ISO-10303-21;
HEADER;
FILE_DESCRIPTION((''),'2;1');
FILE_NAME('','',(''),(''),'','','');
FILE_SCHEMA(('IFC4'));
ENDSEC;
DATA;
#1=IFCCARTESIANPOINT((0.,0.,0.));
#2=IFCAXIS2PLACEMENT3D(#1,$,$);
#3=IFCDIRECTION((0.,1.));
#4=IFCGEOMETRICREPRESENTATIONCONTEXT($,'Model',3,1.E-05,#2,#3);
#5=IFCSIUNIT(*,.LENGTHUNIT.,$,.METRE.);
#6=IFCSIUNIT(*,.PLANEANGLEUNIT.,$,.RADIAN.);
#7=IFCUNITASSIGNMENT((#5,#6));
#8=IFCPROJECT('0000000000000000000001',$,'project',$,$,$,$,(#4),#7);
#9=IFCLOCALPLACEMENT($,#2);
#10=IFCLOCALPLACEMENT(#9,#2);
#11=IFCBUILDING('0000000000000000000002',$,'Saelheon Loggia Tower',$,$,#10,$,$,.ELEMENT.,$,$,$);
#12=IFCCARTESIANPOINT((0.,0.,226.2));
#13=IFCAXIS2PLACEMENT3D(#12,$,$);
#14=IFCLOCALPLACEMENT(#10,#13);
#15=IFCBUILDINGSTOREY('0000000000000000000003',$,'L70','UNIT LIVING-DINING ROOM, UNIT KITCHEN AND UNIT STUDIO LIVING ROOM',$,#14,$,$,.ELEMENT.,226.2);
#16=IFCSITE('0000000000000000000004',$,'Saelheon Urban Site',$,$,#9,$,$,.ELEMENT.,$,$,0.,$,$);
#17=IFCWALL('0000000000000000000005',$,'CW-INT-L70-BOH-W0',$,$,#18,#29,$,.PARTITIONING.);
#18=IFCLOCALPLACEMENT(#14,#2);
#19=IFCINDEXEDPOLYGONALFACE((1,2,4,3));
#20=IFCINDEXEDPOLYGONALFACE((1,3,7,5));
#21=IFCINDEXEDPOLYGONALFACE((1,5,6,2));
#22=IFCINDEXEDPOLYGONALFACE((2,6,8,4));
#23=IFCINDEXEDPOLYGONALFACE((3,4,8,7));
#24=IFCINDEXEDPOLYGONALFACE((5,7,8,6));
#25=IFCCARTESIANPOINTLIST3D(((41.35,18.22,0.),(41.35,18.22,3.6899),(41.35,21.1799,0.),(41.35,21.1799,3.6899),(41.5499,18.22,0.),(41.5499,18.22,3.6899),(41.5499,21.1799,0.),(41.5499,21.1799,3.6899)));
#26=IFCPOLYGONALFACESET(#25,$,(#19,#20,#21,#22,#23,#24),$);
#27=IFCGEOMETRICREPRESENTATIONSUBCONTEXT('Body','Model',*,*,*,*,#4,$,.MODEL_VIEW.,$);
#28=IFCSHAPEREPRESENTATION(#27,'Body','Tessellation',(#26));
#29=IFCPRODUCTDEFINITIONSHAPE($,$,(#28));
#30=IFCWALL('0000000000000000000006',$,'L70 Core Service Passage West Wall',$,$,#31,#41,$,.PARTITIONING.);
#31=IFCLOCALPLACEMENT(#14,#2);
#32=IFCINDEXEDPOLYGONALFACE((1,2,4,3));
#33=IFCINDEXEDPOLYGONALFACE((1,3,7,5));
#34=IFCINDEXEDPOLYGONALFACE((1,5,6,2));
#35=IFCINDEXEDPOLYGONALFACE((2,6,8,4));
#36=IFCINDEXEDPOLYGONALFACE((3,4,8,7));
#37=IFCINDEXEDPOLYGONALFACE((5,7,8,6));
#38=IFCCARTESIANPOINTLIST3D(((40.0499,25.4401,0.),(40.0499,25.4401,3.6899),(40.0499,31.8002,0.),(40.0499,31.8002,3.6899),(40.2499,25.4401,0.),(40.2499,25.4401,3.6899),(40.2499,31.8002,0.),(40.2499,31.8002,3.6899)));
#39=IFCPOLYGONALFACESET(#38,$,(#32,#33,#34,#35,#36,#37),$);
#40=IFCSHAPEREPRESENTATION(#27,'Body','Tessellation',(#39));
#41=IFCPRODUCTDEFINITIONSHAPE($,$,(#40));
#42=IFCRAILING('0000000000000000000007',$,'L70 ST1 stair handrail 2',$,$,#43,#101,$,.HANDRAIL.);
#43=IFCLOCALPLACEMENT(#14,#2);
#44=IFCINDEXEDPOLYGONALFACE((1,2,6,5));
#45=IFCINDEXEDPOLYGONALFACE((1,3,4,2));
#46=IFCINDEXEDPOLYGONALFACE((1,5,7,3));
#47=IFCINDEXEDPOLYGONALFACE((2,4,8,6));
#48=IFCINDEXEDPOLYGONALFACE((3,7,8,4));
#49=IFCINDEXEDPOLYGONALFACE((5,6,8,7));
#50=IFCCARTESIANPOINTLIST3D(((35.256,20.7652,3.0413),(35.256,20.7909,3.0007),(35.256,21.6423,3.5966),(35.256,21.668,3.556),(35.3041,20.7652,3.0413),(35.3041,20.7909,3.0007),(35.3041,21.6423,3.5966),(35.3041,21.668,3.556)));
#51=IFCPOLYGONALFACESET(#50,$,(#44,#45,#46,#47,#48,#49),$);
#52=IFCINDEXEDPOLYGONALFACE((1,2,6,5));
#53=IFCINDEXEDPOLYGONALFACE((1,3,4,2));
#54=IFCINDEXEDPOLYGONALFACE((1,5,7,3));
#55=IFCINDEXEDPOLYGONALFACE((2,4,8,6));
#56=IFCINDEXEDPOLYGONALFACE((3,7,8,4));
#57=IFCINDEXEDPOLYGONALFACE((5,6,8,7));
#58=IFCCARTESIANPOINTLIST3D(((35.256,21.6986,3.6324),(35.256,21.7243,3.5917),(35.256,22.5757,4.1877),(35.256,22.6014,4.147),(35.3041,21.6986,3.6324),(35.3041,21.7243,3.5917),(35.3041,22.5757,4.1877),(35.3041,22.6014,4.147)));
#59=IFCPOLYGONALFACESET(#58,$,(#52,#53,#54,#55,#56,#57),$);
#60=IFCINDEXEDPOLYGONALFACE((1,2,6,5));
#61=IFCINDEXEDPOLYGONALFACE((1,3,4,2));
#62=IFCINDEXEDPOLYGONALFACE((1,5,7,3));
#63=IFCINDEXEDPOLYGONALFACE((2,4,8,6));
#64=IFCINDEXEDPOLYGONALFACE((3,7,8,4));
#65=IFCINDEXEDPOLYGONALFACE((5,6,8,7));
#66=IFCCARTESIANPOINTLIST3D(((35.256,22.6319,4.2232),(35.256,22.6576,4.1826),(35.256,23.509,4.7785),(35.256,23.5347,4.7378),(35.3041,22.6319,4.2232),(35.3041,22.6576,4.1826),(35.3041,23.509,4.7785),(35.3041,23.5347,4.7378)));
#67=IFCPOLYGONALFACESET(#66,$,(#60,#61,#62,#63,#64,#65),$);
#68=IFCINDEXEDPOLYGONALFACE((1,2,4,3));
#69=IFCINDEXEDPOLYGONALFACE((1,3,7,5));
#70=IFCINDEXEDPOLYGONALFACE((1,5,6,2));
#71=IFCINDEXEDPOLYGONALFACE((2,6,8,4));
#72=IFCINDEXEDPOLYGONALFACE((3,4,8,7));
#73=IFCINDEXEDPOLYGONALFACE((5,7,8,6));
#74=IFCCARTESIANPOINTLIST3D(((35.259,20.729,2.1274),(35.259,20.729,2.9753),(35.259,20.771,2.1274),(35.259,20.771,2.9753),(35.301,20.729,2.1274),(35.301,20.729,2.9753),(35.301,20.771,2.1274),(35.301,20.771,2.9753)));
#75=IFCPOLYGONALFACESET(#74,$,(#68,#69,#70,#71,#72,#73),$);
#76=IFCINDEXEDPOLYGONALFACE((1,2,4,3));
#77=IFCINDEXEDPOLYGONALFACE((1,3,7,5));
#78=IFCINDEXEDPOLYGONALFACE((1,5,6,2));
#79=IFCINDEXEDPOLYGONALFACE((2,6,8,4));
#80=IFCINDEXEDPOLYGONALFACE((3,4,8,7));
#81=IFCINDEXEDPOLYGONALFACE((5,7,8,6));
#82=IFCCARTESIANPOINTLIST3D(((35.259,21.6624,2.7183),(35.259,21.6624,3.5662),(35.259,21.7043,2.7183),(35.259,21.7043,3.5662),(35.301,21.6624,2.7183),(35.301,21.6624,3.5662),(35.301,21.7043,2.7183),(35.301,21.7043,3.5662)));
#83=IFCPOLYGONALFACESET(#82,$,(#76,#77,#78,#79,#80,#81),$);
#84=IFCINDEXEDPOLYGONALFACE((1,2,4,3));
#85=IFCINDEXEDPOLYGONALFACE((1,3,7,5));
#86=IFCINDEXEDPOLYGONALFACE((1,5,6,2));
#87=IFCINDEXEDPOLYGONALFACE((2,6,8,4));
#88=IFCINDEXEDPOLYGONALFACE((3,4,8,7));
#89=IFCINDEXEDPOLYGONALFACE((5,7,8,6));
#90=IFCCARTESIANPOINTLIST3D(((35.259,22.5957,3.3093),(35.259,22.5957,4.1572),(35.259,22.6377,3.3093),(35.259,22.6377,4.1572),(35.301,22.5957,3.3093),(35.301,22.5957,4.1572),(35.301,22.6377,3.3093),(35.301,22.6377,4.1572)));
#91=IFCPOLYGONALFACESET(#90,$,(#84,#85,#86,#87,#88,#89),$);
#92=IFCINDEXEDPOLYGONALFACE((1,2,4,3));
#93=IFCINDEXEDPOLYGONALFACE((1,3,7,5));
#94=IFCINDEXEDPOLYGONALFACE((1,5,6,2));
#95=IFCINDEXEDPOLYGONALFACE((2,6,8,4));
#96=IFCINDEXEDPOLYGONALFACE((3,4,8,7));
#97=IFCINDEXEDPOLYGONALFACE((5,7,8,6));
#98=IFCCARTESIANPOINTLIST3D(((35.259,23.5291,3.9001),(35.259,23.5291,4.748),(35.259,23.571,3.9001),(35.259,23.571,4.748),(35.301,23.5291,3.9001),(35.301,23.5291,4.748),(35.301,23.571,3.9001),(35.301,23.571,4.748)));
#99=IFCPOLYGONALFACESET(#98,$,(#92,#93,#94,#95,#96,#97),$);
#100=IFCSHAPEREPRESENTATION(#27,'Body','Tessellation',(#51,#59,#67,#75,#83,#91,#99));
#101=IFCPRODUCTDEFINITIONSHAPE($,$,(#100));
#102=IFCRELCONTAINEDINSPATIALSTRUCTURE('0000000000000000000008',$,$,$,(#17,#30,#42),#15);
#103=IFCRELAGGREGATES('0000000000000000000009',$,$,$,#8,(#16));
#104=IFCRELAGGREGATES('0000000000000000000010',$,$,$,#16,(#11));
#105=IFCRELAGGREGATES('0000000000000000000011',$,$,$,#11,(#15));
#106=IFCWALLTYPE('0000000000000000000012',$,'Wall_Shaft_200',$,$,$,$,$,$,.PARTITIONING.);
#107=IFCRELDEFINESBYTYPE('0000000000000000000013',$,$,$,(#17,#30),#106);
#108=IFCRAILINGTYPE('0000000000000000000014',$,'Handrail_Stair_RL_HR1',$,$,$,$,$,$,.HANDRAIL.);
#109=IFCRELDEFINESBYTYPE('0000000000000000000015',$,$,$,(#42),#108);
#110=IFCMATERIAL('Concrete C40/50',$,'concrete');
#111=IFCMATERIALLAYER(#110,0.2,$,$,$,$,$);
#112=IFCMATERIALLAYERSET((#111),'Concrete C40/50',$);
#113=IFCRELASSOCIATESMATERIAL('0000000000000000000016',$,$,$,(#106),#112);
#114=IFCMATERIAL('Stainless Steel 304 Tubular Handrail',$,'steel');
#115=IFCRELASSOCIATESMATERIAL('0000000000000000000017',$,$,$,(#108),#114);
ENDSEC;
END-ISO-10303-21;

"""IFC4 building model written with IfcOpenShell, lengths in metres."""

from ifc_helpers import new_model, si_unit, direction, frame, frame_2d, origin, origin_2d, place, context, subcontext, project, spatial, rectangle, extrude, material, layer, layer_set, type_object, element, save


model = new_model("IFC4")

# Units and contexts
model_context = context("Model", 3, precision=1e-05, world=origin(), true_north=direction((0.0, 1.0)))
body_context = subcontext(model_context, "Body", "Model", "MODEL_VIEW")
ifc_project = project(units=[si_unit("LENGTHUNIT", "METRE"), si_unit("PLANEANGLEUNIT", "RADIAN")], contexts=[model_context])

# Site, building, storey
site_placement = place(None, origin())
site = spatial("IfcSite", under=ifc_project, at=site_placement, Name="Saelheon Urban Site", CompositionType="ELEMENT", RefElevation=0.0)
building_placement = place(site_placement, origin())
building = spatial("IfcBuilding", under=site, at=building_placement, Name="Saelheon Loggia Tower", CompositionType="ELEMENT")
storey_placement = place(building_placement, frame((0.0, 0.0, 226.2)))
storey = spatial("IfcBuildingStorey", under=building, at=storey_placement, Name="L70", Description="UNIT LIVING-DINING ROOM, UNIT KITCHEN AND UNIT STUDIO LIVING ROOM", CompositionType="ELEMENT", Elevation=226.2)

# Walls
ifc_material_1 = material(Name="Concrete C40/50", Category="concrete")
ifc_layer = layer(ifc_material_1, 0.2)
ifc_layer_set = layer_set([ifc_layer], Name="Concrete C40/50")
wall_type = type_object("IfcWallType", Name="Wall_Shaft_200", PredefinedType="PARTITIONING", material=ifc_layer_set)
wall_1_placement = place(storey_placement, frame((41.45, 18.22, 0.0), z_axis=(0.0, 0.0, 1.0), x_axis=(0.0, 1.0, 0.0)))
element("IfcWall", 1, at=wall_1_placement, inside=storey, type_object=wall_type, Name="CW-INT-L70-BOH-W0", PredefinedType="PARTITIONING", context=body_context, shape_type="SweptSolid", body=[
    extrude(rectangle(XDim=2.96, YDim=0.2, at=frame_2d((1.48, 0.0))), origin(), (0.0, 0.0, 1.0), 3.6899),
])
wall_2_placement = place(storey_placement, frame((40.1499, 25.4399, 0.0), z_axis=(0.0, 0.0, 1.0), x_axis=(0.0, 1.0, 0.0)))
element("IfcWall", 2, at=wall_2_placement, inside=storey, type_object=wall_type, Name="L70 Core Service Passage West Wall", PredefinedType="PARTITIONING", context=body_context, shape_type="SweptSolid", body=[
    extrude(rectangle(XDim=6.3601, YDim=0.2, at=frame_2d((3.1802, 0.0))), origin(), (0.0, 0.0, 1.0), 3.6899),
])

# Railing
ifc_material_2 = material(Name="Stainless Steel 304 Tubular Handrail", Category="steel")
railing_type = type_object("IfcRailingType", Name="Handrail_Stair_RL_HR1", PredefinedType="HANDRAIL", material=ifc_material_2)
railing_placement = place(storey_placement, frame((35.28, 20.75, 2.1274)))
element("IfcRailing", 3, at=railing_placement, inside=storey, type_object=railing_type, Name="L70 ST1 stair handrail 2", PredefinedType="HANDRAIL", context=body_context, shape_type="SweptSolid", body=[
    extrude(rectangle(XDim=0.0481, YDim=0.0481, at=origin_2d()), frame((0.0, 0.0281, 0.8936), z_axis=(0.0, 0.844909, 0.53491), x_axis=(-1.0, 0.0, 0.0)), (0.0, 0.0, 1.0), 1.0381),
    extrude(rectangle(XDim=0.0481, YDim=0.0481, at=origin_2d()), frame((0.0, 0.9614, 1.4846), z_axis=(0.0, 0.844909, 0.53491), x_axis=(-1.0, 0.0, 0.0)), (0.0, 0.0, 1.0), 1.0381),
    extrude(rectangle(XDim=0.0481, YDim=0.0481, at=origin_2d()), frame((0.0, 1.8948, 2.0754), z_axis=(0.0, 0.844909, 0.53491), x_axis=(-1.0, 0.0, 0.0)), (0.0, 0.0, 1.0), 1.0381),
    extrude(rectangle(XDim=0.042, YDim=0.042, at=origin_2d()), origin(), (0.0, 0.0, 1.0), 0.8479),
    extrude(rectangle(XDim=0.042, YDim=0.042, at=origin_2d()), frame((0.0, 0.9333, 0.5908)), (0.0, 0.0, 1.0), 0.8479),
    extrude(rectangle(XDim=0.042, YDim=0.042, at=origin_2d()), frame((0.0, 1.8667, 1.1819)), (0.0, 0.0, 1.0), 0.8479),
    extrude(rectangle(XDim=0.042, YDim=0.042, at=origin_2d()), frame((0.0, 2.8, 1.7727)), (0.0, 0.0, 1.0), 0.8479),
])

save(model, "model.ifc")
